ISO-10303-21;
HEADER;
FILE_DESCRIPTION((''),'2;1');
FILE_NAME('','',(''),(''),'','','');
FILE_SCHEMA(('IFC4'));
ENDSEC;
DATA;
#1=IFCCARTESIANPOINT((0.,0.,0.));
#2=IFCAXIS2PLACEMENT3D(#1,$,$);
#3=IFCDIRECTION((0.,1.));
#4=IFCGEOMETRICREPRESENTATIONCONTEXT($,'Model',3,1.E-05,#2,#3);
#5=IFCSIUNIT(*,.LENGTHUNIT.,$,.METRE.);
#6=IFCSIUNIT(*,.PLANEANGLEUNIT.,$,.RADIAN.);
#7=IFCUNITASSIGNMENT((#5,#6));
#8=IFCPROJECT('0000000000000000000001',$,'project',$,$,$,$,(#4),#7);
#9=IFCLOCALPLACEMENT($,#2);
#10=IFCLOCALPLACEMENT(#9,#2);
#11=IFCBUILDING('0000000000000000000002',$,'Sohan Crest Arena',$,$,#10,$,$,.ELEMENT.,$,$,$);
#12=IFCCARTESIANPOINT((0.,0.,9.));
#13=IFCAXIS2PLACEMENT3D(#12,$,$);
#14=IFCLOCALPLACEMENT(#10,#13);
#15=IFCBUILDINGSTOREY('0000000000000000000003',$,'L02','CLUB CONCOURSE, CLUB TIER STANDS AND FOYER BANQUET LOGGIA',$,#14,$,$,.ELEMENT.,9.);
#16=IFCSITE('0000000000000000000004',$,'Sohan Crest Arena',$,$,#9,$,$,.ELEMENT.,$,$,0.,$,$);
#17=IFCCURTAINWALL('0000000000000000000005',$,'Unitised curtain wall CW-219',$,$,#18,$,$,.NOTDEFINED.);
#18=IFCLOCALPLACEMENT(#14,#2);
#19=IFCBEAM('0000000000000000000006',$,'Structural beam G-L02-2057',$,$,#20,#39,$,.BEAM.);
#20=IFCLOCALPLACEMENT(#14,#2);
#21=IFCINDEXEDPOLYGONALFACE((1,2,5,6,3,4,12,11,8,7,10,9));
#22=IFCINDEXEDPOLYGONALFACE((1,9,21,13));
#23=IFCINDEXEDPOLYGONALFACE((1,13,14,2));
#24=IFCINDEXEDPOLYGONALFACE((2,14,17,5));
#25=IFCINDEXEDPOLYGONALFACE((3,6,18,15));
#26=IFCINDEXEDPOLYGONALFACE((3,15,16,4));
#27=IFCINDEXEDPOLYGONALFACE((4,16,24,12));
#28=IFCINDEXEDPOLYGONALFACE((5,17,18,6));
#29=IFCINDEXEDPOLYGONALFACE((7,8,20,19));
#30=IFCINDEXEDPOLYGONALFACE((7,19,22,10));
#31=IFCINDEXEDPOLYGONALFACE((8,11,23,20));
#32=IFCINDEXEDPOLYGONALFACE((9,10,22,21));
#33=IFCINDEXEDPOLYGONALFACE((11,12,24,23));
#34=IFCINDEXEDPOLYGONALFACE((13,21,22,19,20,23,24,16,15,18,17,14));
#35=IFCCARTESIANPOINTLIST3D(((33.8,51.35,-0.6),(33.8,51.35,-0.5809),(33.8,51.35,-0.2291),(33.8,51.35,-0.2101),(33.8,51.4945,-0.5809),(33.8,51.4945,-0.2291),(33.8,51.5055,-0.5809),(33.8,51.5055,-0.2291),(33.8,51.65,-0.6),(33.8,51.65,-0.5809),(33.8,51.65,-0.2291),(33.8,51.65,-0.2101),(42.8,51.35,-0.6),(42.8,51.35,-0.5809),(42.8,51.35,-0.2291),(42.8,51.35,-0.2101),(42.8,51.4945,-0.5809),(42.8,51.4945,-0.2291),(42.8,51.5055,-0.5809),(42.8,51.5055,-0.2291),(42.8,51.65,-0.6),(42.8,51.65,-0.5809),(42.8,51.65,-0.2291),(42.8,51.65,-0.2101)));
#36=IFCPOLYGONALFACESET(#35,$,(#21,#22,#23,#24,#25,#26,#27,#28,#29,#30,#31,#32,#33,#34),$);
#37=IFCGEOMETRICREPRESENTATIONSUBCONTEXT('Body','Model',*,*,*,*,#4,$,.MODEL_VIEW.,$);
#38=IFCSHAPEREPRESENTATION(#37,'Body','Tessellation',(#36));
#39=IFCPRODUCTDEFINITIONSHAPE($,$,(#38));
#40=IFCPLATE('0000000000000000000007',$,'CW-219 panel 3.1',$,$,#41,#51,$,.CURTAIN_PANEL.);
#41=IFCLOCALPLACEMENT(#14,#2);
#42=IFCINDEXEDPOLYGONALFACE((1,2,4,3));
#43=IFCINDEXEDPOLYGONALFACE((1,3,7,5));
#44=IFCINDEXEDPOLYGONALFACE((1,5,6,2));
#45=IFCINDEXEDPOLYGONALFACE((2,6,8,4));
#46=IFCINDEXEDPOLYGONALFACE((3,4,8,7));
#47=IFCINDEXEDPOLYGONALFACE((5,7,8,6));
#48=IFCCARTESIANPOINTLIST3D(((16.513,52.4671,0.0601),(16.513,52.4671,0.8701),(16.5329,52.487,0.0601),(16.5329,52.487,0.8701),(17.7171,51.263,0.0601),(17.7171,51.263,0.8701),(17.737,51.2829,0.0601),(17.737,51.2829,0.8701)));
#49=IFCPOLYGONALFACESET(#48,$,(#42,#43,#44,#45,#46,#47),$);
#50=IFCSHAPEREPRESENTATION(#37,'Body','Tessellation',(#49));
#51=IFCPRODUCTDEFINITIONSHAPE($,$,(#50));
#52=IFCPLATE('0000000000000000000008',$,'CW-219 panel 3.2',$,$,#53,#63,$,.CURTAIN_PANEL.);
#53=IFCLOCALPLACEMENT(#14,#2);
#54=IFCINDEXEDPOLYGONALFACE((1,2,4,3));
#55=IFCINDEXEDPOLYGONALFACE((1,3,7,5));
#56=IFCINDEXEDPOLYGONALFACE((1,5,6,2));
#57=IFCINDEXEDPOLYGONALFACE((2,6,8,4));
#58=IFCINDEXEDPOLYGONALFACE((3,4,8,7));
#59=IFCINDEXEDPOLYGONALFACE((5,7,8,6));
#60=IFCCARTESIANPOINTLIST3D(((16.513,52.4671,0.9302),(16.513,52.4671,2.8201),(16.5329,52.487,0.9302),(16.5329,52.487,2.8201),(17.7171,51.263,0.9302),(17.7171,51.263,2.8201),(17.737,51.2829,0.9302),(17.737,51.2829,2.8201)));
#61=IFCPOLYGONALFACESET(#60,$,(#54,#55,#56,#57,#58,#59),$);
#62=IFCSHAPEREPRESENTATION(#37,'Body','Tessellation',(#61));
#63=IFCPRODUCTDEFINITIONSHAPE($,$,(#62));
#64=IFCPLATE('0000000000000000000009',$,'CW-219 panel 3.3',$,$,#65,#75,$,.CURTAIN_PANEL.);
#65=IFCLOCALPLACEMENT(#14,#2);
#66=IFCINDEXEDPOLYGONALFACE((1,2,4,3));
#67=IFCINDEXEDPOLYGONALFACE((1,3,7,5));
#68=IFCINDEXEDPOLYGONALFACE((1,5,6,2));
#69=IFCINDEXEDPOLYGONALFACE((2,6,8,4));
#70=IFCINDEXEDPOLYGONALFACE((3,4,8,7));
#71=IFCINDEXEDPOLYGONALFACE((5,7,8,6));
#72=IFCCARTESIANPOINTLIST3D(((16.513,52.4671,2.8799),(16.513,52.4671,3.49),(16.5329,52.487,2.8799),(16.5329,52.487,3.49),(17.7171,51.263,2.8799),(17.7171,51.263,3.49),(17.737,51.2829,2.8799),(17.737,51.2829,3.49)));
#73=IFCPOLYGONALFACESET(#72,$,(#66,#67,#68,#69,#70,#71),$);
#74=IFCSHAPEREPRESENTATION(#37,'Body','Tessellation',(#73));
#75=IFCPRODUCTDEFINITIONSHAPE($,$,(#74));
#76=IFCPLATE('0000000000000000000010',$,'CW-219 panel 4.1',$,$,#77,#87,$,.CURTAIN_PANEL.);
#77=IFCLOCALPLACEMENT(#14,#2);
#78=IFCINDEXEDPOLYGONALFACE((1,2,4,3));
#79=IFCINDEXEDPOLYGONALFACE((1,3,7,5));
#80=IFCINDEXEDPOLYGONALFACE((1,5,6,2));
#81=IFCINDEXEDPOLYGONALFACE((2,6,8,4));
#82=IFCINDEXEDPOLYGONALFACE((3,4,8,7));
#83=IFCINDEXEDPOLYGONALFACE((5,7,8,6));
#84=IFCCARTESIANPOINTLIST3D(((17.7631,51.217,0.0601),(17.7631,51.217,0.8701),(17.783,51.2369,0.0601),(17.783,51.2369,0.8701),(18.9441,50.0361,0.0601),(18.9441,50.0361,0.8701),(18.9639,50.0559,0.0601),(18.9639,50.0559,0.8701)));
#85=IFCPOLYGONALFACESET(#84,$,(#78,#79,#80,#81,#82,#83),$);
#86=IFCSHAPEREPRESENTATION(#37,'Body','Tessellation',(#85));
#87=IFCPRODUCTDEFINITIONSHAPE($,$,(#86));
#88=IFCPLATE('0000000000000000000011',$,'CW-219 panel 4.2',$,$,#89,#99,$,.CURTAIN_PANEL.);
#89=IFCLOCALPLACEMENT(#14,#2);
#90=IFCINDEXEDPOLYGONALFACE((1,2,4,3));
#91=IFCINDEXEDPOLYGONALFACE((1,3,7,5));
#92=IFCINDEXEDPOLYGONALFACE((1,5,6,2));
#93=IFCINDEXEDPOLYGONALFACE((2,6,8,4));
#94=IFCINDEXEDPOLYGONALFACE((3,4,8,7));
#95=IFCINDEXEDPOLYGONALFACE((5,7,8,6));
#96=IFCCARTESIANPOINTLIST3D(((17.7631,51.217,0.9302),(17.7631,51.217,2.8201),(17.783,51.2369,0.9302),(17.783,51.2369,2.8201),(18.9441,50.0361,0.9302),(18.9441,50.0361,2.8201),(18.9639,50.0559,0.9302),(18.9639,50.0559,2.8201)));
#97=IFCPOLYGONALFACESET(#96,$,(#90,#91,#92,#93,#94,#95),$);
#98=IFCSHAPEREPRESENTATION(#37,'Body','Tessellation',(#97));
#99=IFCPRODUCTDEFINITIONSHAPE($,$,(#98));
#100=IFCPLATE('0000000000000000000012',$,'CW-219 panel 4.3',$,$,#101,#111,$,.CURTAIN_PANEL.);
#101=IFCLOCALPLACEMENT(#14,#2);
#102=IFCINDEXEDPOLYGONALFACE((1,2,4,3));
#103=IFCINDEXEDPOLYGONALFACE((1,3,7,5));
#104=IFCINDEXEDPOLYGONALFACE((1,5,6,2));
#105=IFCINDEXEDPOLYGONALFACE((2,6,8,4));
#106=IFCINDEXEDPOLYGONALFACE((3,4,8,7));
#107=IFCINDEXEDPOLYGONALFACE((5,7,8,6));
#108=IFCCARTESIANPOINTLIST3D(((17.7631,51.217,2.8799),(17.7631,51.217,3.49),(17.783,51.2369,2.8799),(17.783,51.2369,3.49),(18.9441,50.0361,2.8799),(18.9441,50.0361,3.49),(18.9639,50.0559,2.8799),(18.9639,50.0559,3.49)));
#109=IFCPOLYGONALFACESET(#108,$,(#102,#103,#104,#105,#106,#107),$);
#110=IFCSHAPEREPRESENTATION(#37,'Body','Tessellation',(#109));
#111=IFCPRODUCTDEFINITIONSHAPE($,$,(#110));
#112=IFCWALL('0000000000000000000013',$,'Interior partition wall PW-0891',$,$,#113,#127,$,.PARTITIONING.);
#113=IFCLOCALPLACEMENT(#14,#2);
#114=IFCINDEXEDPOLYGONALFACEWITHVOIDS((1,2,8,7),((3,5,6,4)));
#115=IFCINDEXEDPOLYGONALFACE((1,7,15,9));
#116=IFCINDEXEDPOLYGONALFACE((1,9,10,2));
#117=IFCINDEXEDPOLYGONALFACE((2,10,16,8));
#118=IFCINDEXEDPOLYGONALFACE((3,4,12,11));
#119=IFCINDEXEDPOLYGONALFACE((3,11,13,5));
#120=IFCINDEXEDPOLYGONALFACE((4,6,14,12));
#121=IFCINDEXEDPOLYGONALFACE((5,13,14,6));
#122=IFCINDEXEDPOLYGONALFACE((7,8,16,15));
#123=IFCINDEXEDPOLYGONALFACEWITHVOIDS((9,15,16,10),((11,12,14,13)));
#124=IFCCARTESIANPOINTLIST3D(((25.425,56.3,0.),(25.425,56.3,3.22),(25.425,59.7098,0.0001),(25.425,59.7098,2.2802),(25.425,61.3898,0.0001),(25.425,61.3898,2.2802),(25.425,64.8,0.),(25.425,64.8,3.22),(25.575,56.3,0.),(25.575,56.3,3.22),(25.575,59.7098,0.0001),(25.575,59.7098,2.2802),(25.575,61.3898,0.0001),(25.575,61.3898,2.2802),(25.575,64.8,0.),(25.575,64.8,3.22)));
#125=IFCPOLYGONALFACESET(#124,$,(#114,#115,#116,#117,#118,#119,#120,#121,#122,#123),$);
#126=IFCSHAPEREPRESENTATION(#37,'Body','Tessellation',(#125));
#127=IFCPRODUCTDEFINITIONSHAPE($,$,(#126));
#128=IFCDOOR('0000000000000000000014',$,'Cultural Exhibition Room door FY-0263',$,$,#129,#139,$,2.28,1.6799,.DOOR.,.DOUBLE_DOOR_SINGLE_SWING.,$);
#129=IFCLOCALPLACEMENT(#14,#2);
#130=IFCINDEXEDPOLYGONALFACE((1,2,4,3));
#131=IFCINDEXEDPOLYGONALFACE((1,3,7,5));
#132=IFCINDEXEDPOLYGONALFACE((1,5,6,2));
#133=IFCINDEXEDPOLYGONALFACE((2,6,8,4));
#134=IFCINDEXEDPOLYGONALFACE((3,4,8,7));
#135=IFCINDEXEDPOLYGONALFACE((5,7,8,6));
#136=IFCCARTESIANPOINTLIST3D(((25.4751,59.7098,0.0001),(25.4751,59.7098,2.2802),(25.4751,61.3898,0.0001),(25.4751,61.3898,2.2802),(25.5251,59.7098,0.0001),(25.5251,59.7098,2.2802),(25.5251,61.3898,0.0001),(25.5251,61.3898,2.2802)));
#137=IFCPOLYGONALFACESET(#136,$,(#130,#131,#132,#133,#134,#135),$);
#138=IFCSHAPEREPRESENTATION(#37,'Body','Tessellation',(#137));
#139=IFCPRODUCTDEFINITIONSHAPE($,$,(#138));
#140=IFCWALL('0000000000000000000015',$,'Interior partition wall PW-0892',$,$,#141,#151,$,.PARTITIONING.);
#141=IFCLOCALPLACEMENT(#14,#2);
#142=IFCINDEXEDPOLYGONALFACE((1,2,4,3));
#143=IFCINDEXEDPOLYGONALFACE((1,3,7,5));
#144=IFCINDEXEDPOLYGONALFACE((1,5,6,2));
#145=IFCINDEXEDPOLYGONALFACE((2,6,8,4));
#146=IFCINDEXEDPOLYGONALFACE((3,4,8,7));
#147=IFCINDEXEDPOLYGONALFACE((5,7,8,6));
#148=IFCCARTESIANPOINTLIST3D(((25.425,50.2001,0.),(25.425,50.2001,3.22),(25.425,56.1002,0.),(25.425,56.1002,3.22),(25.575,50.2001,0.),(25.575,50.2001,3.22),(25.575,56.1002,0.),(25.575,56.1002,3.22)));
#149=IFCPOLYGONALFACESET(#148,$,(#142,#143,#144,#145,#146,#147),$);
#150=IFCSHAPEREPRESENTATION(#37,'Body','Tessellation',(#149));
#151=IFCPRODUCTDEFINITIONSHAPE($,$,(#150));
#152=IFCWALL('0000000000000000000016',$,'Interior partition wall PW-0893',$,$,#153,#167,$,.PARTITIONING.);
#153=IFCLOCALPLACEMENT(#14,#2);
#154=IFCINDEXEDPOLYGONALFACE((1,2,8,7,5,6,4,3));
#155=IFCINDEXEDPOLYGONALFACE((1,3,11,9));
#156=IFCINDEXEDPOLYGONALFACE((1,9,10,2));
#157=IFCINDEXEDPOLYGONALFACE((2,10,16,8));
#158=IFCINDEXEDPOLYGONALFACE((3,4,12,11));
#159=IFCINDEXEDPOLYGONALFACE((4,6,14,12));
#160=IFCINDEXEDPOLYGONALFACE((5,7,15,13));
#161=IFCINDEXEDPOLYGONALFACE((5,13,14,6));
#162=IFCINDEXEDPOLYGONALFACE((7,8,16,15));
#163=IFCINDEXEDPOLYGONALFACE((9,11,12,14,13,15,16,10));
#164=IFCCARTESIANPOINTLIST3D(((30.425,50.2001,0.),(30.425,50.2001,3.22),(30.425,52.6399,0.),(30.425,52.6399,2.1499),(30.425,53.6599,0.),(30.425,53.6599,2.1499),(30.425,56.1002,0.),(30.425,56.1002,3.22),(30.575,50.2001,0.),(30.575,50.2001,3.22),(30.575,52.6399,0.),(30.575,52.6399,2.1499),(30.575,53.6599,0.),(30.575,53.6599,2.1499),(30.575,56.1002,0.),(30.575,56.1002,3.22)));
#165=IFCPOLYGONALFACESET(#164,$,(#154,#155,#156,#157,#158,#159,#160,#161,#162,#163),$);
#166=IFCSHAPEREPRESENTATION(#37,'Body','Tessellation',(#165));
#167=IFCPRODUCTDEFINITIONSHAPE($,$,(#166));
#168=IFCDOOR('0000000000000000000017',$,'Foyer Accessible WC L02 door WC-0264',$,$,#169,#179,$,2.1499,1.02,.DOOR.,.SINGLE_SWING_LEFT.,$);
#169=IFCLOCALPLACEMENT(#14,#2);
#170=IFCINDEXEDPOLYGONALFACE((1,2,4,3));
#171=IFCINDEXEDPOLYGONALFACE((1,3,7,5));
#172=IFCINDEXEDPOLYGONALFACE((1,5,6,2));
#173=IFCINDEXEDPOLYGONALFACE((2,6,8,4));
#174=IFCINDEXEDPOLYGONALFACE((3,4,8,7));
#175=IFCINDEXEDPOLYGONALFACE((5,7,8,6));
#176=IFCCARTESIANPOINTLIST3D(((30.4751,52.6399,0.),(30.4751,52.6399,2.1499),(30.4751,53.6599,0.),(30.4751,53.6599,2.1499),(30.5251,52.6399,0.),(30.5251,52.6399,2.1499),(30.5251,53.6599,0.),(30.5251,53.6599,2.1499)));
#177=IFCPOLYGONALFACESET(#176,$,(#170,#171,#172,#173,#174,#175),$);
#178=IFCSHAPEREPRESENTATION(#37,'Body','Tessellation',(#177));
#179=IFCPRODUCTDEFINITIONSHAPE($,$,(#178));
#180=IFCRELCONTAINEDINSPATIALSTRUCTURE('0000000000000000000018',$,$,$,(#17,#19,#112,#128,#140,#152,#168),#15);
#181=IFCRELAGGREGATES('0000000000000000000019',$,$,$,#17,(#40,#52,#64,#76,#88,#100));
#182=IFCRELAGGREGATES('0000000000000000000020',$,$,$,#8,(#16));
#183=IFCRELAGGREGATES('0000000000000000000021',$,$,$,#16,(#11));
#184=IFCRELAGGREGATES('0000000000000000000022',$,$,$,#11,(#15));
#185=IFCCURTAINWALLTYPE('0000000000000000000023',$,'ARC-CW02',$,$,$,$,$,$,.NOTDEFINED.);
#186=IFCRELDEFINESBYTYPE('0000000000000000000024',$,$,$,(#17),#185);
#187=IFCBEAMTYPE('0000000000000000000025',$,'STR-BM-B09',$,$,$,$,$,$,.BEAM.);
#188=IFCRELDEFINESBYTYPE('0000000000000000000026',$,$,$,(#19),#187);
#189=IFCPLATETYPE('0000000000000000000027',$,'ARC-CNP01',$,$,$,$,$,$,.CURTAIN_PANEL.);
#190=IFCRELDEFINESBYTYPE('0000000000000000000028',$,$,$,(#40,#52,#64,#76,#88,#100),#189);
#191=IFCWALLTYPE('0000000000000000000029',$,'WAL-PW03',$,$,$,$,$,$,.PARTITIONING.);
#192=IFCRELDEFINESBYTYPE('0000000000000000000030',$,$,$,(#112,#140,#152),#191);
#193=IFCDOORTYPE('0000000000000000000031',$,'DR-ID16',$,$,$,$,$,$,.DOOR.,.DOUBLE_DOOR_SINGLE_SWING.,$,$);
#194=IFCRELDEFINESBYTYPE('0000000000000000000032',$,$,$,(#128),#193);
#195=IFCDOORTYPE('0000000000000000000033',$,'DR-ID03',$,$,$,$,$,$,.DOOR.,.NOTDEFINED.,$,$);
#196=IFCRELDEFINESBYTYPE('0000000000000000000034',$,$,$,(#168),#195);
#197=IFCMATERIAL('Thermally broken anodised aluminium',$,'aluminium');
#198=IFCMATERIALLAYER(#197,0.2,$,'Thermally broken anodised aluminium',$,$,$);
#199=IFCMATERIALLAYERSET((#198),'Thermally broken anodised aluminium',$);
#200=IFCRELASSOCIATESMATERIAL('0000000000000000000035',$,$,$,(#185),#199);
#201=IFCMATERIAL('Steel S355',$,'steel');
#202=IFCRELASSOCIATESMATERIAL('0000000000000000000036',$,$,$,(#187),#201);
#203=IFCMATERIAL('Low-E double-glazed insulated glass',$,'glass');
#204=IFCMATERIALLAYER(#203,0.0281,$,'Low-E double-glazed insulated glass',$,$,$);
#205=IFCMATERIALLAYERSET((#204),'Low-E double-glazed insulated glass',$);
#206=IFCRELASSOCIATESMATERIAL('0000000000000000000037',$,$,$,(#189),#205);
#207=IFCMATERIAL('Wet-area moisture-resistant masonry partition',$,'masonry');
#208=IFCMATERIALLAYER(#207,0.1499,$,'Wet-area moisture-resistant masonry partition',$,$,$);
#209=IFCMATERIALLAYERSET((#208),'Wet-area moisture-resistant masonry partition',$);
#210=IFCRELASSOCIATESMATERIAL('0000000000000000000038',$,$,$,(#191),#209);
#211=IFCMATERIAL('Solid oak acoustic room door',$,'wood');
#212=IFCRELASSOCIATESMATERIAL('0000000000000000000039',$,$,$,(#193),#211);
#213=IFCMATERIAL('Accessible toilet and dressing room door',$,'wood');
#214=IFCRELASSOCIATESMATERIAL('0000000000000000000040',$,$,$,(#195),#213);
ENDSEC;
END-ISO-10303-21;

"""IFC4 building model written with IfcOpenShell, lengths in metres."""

from ifc_helpers import new_model, si_unit, direction, frame, frame_2d, origin, origin_2d, place, context, subcontext, project, spatial, rectangle, i_section, extrude, material, layer, layer_set, material_profile, profile_set, type_object, element, fill, aggregate, save


model = new_model("IFC4")

# Units and contexts
model_context = context("Model", 3, precision=1e-05, world=origin(), true_north=direction((0.0, 1.0)))
body_context = subcontext(model_context, "Body", "Model", "MODEL_VIEW")
ifc_project = project(units=[si_unit("LENGTHUNIT", "METRE"), si_unit("PLANEANGLEUNIT", "RADIAN")], contexts=[model_context])

# Site, building, storey
site_placement = place(None, origin())
site = spatial("IfcSite", under=ifc_project, at=site_placement, Name="Sohan Crest Arena", CompositionType="ELEMENT", RefElevation=0.0)
building_placement = place(site_placement, origin())
building = spatial("IfcBuilding", under=site, at=building_placement, Name="Sohan Crest Arena", CompositionType="ELEMENT")
storey_placement = place(building_placement, frame((0.0, 0.0, 9.0)))
storey = spatial("IfcBuildingStorey", under=building, at=storey_placement, Name="L02", Description="CLUB CONCOURSE, CLUB TIER STANDS AND FOYER BANQUET LOGGIA", CompositionType="ELEMENT", Elevation=9.0)

# Curtain wall
ifc_material_1 = material(Name="Thermally broken anodised aluminium", Category="aluminium")
ifc_layer_1 = layer(ifc_material_1, 0.2, Name="Thermally broken anodised aluminium")
ifc_layer_set_1 = layer_set([ifc_layer_1], Name="Thermally broken anodised aluminium")
curtain_wall_type = type_object("IfcCurtainWallType", Name="ARC-CW02", PredefinedType="NOTDEFINED", material=ifc_layer_set_1)
curtain_wall_1_placement = place(storey_placement, origin())
curtain_wall_1 = element("IfcCurtainWall", 1, at=curtain_wall_1_placement, inside=storey, type_object=curtain_wall_type, Name="Unitised curtain wall CW-219", PredefinedType="NOTDEFINED")

# Beam
ifc_material_2 = material(Name="Steel S355", Category="steel")
ifc_material_profile_1 = material_profile(ifc_material_2, i_section(OverallWidth=0.3, OverallDepth=0.3899, WebThickness=0.011, FlangeThickness=0.019, at=origin_2d()), Name="HEA 400")
ifc_profile_set_1 = profile_set([ifc_material_profile_1], Name="Steel S355")
beam_type_1 = type_object("IfcBeamType", Name="STR-BM-B09", PredefinedType="BEAM", material=ifc_profile_set_1)
beam_1_placement = place(storey_placement, frame((33.8, 51.5, -0.405), z_axis=(1.0, 0.0, 0.0), x_axis=(0.0, 1.0, 0.0)))
element("IfcBeam", 2, at=beam_1_placement, inside=storey, type_object=beam_type_1, Name="Structural beam G-L02-2057", PredefinedType="BEAM", context=body_context, shape_type="SweptSolid", body=[
    extrude(i_section(OverallWidth=0.3, OverallDepth=0.3899, WebThickness=0.011, FlangeThickness=0.019, at=origin_2d()), origin(), (0.0, 0.0, 1.0), 9.0),
])

# Plates
ifc_material_3 = material(Name="Low-E double-glazed insulated glass", Category="glass")
ifc_layer_2 = layer(ifc_material_3, 0.0281, Name="Low-E double-glazed insulated glass")
ifc_layer_set_2 = layer_set([ifc_layer_2], Name="Low-E double-glazed insulated glass")
plate_type = type_object("IfcPlateType", Name="ARC-CNP01", PredefinedType="CURTAIN_PANEL", material=ifc_layer_set_2)
plate_1_placement = place(storey_placement, frame((17.125, 51.875, 0.0601), z_axis=(0.0, 0.0, 1.0), x_axis=(0.707107, -0.707107, 0.0)))
plate_1 = element("IfcPlate", 3, at=plate_1_placement, type_object=plate_type, Name="CW-219 panel 3.1", PredefinedType="CURTAIN_PANEL", context=body_context, shape_type="SweptSolid", body=[
    extrude(rectangle(XDim=1.7029, YDim=0.0281, at=origin_2d()), origin(), (0.0, 0.0, 1.0), 0.8101),
])
plate_2_placement = place(storey_placement, frame((17.125, 51.875, 0.9302), z_axis=(0.0, 0.0, 1.0), x_axis=(0.707107, -0.707107, 0.0)))
plate_2 = element("IfcPlate", 4, at=plate_2_placement, type_object=plate_type, Name="CW-219 panel 3.2", PredefinedType="CURTAIN_PANEL", context=body_context, shape_type="SweptSolid", body=[
    extrude(rectangle(XDim=1.7029, YDim=0.0281, at=origin_2d()), origin(), (0.0, 0.0, 1.0), 1.8899),
])
plate_3_placement = place(storey_placement, frame((17.125, 51.875, 2.8799), z_axis=(0.0, 0.0, 1.0), x_axis=(0.707107, -0.707107, 0.0)))
plate_3 = element("IfcPlate", 5, at=plate_3_placement, type_object=plate_type, Name="CW-219 panel 3.3", PredefinedType="CURTAIN_PANEL", context=body_context, shape_type="SweptSolid", body=[
    extrude(rectangle(XDim=1.7029, YDim=0.0281, at=origin_2d()), origin(), (0.0, 0.0, 1.0), 0.6101),
])
plate_4_placement = place(storey_placement, frame((18.3635, 50.6365, 0.0601), z_axis=(0.0, 0.0, 1.0), x_axis=(0.707107, -0.707107, 0.0)))
plate_4 = element("IfcPlate", 6, at=plate_4_placement, type_object=plate_type, Name="CW-219 panel 4.1", PredefinedType="CURTAIN_PANEL", context=body_context, shape_type="SweptSolid", body=[
    extrude(rectangle(XDim=1.6702, YDim=0.0281, at=origin_2d()), origin(), (0.0, 0.0, 1.0), 0.8101),
])
plate_5_placement = place(storey_placement, frame((18.3635, 50.6365, 0.9302), z_axis=(0.0, 0.0, 1.0), x_axis=(0.707107, -0.707107, 0.0)))
plate_5 = element("IfcPlate", 7, at=plate_5_placement, type_object=plate_type, Name="CW-219 panel 4.2", PredefinedType="CURTAIN_PANEL", context=body_context, shape_type="SweptSolid", body=[
    extrude(rectangle(XDim=1.6702, YDim=0.0281, at=origin_2d()), origin(), (0.0, 0.0, 1.0), 1.8899),
])
plate_6_placement = place(storey_placement, frame((18.3635, 50.6365, 2.8799), z_axis=(0.0, 0.0, 1.0), x_axis=(0.707107, -0.707107, 0.0)))
plate_6 = element("IfcPlate", 8, at=plate_6_placement, type_object=plate_type, Name="CW-219 panel 4.3", PredefinedType="CURTAIN_PANEL", context=body_context, shape_type="SweptSolid", body=[
    extrude(rectangle(XDim=1.6702, YDim=0.0281, at=origin_2d()), origin(), (0.0, 0.0, 1.0), 0.6101),
])
aggregate(curtain_wall_1, [plate_1, plate_2, plate_3, plate_4, plate_5, plate_6])

# Wall, opening, door
ifc_material_4 = material(Name="Wet-area moisture-resistant masonry partition", Category="masonry")
ifc_layer_3 = layer(ifc_material_4, 0.1499, Name="Wet-area moisture-resistant masonry partition")
ifc_layer_set_3 = layer_set([ifc_layer_3], Name="Wet-area moisture-resistant masonry partition")
wall_type_1 = type_object("IfcWallType", Name="WAL-PW03", PredefinedType="PARTITIONING", material=ifc_layer_set_3)
wall_1_placement = place(storey_placement, frame((25.5, 56.3, 0.0), z_axis=(0.0, 0.0, 1.0), x_axis=(0.0, 1.0, 0.0)))
wall_1 = element("IfcWall", 9, at=wall_1_placement, inside=storey, type_object=wall_type_1, Name="Interior partition wall PW-0891", PredefinedType="PARTITIONING", context=body_context, shape_type="SweptSolid", body=[
    extrude(rectangle(XDim=8.5, YDim=0.1499, at=frame_2d((4.25, 0.0))), origin(), (0.0, 0.0, 1.0), 3.22),
])
opening_1_placement = place(wall_1_placement, frame((3.4099, 0.0, 0.0)))
opening_1 = element("IfcOpeningElement", 10, at=opening_1_placement, cuts=wall_1, PredefinedType="OPENING", context=body_context, shape_type="SweptSolid", body=[
    extrude(rectangle(XDim=1.6799, YDim=2.28, at=frame_2d((0.8398, 1.1401))), frame((0.0, 0.085, 0.0), z_axis=(0.0, -1.0, 0.0), x_axis=(1.0, 0.0, 0.0)), (0.0, 0.0, 1.0), 0.1699),
])
ifc_material_5 = material(Name="Solid oak acoustic room door", Category="wood")
door_type_1 = type_object("IfcDoorType", Name="DR-ID16", OperationType="DOUBLE_DOOR_SINGLE_SWING", PredefinedType="DOOR", material=ifc_material_5)
door_1_placement = place(opening_1_placement, origin())
door_1 = element("IfcDoor", 11, at=door_1_placement, inside=storey, type_object=door_type_1, Name="Cultural Exhibition Room door FY-0263", OperationType="DOUBLE_DOOR_SINGLE_SWING", OverallHeight=2.28, OverallWidth=1.6799, PredefinedType="DOOR", context=body_context, shape_type="SweptSolid", body=[
    extrude(rectangle(XDim=1.6799, YDim=2.28, at=frame_2d((0.8398, 1.1401))), frame((0.0, 0.0249, 0.0), z_axis=(0.0, -1.0, 0.0), x_axis=(1.0, 0.0, 0.0)), (0.0, 0.0, 1.0), 0.05),
])
fill(opening_1, door_1)

# Wall
wall_2_placement = place(storey_placement, frame((25.5, 50.2, 0.0), z_axis=(0.0, 0.0, 1.0), x_axis=(0.0, 1.0, 0.0)))
element("IfcWall", 12, at=wall_2_placement, inside=storey, type_object=wall_type_1, Name="Interior partition wall PW-0892", PredefinedType="PARTITIONING", context=body_context, shape_type="SweptSolid", body=[
    extrude(rectangle(XDim=5.9001, YDim=0.1499, at=frame_2d((2.9502, 0.0))), origin(), (0.0, 0.0, 1.0), 3.22),
])

# Wall, opening, door
wall_3_placement = place(storey_placement, frame((30.5, 50.2, 0.0), z_axis=(0.0, 0.0, 1.0), x_axis=(0.0, 1.0, 0.0)))
wall_3 = element("IfcWall", 13, at=wall_3_placement, inside=storey, type_object=wall_type_1, Name="Interior partition wall PW-0893", PredefinedType="PARTITIONING", context=body_context, shape_type="SweptSolid", body=[
    extrude(rectangle(XDim=5.9001, YDim=0.1499, at=frame_2d((2.9502, 0.0))), origin(), (0.0, 0.0, 1.0), 3.22),
])
opening_2_placement = place(wall_3_placement, frame((2.4399, 0.0, 0.0)))
opening_2 = element("IfcOpeningElement", 14, at=opening_2_placement, cuts=wall_3, PredefinedType="OPENING", context=body_context, shape_type="SweptSolid", body=[
    extrude(rectangle(XDim=1.02, YDim=2.1499, at=frame_2d((0.51, 1.075))), frame((0.0, 0.085, 0.0), z_axis=(0.0, -1.0, 0.0), x_axis=(1.0, 0.0, 0.0)), (0.0, 0.0, 1.0), 0.1699),
])
ifc_material_6 = material(Name="Accessible toilet and dressing room door", Category="wood")
door_type_2 = type_object("IfcDoorType", Name="DR-ID03", OperationType="NOTDEFINED", PredefinedType="DOOR", material=ifc_material_6)
door_2_placement = place(opening_2_placement, origin())
door_2 = element("IfcDoor", 15, at=door_2_placement, inside=storey, type_object=door_type_2, Name="Foyer Accessible WC L02 door WC-0264", OperationType="SINGLE_SWING_LEFT", OverallHeight=2.1499, OverallWidth=1.02, PredefinedType="DOOR", context=body_context, shape_type="SweptSolid", body=[
    extrude(rectangle(XDim=1.02, YDim=2.1499, at=frame_2d((0.51, 1.075))), frame((0.0, 0.0249, 0.0), z_axis=(0.0, -1.0, 0.0), x_axis=(1.0, 0.0, 0.0)), (0.0, 0.0, 1.0), 0.05),
])
fill(opening_2, door_2)

save(model, "model.ifc")
